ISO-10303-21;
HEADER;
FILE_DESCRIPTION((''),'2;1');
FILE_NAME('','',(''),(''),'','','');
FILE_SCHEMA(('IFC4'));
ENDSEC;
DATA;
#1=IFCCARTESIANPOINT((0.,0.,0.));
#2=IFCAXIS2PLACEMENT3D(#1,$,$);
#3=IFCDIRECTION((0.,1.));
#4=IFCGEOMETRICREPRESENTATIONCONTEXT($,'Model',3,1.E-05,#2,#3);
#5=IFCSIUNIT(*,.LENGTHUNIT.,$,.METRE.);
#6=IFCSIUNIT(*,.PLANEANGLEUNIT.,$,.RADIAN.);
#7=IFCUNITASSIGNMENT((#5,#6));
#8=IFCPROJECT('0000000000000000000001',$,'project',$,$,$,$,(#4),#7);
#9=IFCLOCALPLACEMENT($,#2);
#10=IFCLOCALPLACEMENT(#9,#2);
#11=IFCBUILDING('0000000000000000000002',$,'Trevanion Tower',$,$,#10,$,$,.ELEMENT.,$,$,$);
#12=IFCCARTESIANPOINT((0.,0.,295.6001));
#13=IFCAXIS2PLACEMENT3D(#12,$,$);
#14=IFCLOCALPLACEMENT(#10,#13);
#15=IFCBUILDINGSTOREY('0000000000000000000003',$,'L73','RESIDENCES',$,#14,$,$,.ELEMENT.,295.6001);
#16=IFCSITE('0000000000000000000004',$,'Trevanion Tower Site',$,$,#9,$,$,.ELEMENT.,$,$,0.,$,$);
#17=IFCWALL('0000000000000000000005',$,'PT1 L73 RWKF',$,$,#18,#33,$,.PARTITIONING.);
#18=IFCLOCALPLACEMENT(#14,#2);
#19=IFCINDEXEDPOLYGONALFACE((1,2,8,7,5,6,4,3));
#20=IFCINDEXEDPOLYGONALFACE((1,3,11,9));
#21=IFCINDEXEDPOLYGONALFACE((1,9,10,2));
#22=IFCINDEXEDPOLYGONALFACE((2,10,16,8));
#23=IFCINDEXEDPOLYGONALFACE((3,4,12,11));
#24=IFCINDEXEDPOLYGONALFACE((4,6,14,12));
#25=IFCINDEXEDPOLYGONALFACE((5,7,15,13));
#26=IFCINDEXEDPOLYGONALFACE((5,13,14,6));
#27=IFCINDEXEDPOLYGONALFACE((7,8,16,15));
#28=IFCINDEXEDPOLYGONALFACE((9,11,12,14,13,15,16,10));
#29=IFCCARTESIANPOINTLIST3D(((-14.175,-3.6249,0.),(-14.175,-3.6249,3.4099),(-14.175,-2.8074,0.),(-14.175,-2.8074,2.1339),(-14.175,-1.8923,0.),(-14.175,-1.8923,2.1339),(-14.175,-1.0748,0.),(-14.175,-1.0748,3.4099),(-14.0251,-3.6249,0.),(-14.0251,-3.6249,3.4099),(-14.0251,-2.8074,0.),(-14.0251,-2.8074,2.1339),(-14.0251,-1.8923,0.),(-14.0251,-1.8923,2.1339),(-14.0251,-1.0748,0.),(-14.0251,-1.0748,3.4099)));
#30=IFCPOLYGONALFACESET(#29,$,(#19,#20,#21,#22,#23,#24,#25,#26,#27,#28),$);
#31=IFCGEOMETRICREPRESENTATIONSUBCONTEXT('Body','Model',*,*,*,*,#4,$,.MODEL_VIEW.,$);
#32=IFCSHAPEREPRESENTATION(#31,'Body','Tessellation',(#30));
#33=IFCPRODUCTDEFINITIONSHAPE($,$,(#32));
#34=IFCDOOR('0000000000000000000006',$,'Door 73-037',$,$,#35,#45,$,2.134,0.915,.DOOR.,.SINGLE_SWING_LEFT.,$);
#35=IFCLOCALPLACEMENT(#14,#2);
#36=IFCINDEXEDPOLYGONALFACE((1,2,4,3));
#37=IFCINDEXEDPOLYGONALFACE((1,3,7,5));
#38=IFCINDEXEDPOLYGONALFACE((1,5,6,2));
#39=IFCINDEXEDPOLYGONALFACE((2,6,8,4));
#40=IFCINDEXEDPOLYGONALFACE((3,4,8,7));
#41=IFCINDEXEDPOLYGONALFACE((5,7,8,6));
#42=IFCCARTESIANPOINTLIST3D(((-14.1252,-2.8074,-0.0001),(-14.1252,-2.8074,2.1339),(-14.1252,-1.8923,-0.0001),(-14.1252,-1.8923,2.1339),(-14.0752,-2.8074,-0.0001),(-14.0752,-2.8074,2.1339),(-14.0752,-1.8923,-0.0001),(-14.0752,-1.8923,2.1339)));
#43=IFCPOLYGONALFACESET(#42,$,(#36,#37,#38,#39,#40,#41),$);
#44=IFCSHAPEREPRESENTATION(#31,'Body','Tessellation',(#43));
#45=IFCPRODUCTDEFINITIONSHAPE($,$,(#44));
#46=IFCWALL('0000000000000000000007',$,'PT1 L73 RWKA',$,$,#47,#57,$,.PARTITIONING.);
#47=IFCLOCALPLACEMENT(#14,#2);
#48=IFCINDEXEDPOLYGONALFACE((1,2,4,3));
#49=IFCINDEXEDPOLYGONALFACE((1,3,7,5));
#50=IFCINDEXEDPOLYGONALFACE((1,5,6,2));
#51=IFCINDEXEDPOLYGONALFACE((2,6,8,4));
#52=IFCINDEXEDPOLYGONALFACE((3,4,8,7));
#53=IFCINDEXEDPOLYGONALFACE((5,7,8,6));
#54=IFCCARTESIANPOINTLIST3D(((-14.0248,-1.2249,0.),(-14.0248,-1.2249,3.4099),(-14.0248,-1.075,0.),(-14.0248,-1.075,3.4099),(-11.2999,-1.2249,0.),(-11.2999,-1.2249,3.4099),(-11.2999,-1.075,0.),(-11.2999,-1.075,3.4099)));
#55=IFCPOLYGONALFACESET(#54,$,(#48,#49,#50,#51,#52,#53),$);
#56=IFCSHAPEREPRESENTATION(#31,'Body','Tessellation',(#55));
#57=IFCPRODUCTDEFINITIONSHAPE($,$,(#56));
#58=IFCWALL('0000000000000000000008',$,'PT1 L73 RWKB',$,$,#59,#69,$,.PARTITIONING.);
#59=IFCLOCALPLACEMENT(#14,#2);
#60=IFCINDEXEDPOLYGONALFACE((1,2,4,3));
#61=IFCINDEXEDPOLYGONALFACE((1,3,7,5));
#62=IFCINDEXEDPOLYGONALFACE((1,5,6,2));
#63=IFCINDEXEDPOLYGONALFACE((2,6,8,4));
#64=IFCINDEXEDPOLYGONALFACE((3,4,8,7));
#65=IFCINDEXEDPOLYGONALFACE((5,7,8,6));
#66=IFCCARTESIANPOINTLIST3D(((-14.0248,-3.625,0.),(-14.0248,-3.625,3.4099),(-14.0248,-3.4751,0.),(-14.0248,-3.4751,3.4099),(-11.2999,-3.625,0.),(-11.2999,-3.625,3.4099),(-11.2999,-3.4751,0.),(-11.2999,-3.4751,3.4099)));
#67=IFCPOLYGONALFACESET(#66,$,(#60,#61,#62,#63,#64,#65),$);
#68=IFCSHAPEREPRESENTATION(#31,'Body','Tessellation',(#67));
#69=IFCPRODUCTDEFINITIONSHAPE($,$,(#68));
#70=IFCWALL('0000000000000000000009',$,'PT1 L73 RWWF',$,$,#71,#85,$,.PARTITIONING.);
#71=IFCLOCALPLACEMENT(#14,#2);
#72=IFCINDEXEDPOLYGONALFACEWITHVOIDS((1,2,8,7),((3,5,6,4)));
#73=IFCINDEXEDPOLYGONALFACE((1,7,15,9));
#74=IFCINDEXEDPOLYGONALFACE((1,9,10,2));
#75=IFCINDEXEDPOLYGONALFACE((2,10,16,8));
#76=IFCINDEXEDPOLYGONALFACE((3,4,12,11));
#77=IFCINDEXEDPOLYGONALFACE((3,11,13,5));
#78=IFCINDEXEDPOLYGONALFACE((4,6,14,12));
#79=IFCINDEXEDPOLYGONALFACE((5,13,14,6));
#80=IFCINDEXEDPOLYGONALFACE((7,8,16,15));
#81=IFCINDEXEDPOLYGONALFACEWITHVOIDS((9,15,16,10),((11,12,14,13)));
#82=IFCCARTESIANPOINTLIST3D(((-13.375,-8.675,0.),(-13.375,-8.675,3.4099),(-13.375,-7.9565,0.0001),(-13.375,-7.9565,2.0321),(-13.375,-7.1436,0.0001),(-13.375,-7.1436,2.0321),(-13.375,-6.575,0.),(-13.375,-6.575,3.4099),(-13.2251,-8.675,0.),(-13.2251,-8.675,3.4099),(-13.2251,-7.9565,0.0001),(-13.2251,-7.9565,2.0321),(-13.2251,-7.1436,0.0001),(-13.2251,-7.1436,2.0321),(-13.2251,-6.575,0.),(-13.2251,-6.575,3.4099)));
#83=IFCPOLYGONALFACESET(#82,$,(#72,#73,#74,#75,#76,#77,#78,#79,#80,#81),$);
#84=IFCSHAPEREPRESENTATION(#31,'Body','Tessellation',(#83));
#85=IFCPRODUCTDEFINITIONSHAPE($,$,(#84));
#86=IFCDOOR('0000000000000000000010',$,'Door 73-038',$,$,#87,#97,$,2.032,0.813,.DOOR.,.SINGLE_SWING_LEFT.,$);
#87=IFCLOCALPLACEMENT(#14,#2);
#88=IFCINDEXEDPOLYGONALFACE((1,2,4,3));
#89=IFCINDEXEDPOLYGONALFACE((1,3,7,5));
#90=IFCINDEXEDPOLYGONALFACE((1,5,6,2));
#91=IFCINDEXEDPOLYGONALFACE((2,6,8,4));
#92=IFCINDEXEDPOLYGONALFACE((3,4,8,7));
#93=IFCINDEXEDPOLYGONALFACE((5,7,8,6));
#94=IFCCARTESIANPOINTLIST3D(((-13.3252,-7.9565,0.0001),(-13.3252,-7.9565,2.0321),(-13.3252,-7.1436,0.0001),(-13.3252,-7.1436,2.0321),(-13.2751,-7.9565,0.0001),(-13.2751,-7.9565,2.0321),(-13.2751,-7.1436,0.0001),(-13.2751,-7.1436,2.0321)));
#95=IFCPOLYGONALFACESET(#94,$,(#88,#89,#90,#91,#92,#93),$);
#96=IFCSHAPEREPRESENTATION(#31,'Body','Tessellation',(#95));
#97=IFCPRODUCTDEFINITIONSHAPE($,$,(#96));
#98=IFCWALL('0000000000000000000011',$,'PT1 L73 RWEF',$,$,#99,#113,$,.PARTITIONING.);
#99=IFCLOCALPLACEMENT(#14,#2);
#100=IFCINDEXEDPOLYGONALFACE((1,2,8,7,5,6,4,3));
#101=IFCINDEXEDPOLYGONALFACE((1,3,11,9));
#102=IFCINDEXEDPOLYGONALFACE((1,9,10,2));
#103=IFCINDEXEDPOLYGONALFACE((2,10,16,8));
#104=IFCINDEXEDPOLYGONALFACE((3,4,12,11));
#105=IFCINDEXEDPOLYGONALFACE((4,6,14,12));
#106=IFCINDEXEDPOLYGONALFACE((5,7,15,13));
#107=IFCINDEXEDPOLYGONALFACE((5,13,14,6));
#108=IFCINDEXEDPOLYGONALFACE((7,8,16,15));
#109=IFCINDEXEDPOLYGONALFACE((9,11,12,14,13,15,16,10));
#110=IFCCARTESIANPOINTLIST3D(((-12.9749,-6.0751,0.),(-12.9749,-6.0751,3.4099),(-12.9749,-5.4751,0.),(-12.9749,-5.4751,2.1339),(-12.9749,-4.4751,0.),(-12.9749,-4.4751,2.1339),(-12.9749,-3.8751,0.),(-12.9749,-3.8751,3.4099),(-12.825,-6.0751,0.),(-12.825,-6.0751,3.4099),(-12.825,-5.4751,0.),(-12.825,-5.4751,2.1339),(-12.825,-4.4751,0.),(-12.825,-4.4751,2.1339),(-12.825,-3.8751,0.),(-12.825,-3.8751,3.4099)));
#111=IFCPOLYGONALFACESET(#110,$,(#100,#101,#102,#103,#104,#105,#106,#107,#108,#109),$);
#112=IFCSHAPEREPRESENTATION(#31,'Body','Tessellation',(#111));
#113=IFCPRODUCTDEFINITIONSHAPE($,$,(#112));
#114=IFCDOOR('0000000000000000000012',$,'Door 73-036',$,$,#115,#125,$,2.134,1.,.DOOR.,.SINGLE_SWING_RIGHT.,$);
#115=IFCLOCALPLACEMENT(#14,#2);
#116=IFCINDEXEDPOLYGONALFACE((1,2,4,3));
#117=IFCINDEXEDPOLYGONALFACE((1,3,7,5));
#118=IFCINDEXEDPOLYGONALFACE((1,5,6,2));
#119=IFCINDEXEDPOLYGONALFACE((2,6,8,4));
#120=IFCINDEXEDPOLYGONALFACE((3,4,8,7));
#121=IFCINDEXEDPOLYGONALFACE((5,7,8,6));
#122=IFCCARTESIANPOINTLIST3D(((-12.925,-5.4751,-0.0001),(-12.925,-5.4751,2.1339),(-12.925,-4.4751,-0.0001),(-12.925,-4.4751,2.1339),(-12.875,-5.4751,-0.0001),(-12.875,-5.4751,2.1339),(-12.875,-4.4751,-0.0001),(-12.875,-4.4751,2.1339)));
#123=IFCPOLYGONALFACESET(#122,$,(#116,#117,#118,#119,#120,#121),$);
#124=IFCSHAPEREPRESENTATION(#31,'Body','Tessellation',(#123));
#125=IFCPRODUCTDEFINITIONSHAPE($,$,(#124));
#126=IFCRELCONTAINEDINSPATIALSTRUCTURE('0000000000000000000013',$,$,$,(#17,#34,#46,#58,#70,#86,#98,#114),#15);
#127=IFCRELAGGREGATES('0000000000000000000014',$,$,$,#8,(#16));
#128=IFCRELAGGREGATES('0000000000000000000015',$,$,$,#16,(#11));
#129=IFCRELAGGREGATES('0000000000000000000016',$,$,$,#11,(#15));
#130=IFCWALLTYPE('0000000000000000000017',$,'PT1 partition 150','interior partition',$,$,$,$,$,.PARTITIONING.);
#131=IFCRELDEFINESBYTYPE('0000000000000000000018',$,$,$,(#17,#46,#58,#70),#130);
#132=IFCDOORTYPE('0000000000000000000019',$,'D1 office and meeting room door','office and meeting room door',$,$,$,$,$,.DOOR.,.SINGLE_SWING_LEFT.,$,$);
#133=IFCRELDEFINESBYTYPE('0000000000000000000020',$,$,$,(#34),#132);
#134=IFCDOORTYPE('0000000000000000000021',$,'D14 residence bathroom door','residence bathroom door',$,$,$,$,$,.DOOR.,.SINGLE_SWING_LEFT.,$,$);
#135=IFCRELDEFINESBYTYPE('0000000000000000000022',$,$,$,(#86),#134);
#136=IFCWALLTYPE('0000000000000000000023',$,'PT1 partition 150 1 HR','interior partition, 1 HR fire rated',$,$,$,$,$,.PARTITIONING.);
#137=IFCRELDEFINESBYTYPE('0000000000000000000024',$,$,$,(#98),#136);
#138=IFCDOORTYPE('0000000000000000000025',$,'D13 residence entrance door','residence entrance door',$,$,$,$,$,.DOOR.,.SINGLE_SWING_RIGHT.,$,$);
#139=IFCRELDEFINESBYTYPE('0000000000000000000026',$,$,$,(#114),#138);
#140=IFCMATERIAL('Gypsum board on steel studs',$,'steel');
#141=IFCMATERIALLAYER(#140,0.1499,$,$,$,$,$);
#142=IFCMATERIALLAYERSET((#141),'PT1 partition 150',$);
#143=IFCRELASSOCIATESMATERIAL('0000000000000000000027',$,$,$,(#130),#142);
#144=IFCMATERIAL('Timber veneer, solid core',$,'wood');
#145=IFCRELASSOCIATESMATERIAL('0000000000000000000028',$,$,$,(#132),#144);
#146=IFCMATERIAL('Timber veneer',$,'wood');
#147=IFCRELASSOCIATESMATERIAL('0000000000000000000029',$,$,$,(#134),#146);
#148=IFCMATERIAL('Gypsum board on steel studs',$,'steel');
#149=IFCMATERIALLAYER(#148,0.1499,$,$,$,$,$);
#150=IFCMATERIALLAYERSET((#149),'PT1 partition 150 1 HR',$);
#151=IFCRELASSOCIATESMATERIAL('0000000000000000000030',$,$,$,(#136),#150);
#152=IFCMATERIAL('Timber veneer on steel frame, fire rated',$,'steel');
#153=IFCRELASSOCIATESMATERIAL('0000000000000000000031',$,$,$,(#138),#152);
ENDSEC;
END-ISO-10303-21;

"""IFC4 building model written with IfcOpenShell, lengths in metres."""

from ifc_helpers import new_model, si_unit, direction, frame, frame_2d, origin, place, context, subcontext, project, spatial, rectangle, extrude, material, layer, layer_set, type_object, element, fill, save


model = new_model("IFC4")

# Units and contexts
model_context = context("Model", 3, precision=1e-05, world=origin(), true_north=direction((0.0, 1.0)))
body_context = subcontext(model_context, "Body", "Model", "MODEL_VIEW")
ifc_project = project(units=[si_unit("LENGTHUNIT", "METRE"), si_unit("PLANEANGLEUNIT", "RADIAN")], contexts=[model_context])

# Site, building, storey
site_placement = place(None, origin())
site = spatial("IfcSite", under=ifc_project, at=site_placement, Name="Trevanion Tower Site", CompositionType="ELEMENT", RefElevation=0.0)
building_placement = place(site_placement, origin())
building = spatial("IfcBuilding", under=site, at=building_placement, Name="Trevanion Tower", CompositionType="ELEMENT")
storey_placement = place(building_placement, frame((0.0, 0.0, 295.6001)))
storey = spatial("IfcBuildingStorey", under=building, at=storey_placement, Name="L73", Description="RESIDENCES", CompositionType="ELEMENT", Elevation=295.6001)

# Shared definitions
ifc_material_1 = material(Name="Gypsum board on steel studs", Category="steel")
ifc_layer_1 = layer(ifc_material_1, 0.1499)
ifc_layer_set_1 = layer_set([ifc_layer_1], Name="PT1 partition 150")
wall_type_1 = type_object("IfcWallType", Name="PT1 partition 150", Description="interior partition", PredefinedType="PARTITIONING", material=ifc_layer_set_1)
ifc_material_2 = material(Name="Timber veneer, solid core", Category="wood")
door_type_1 = type_object("IfcDoorType", Name="D1 office and meeting room door", Description="office and meeting room door", OperationType="SINGLE_SWING_LEFT", PredefinedType="DOOR", material=ifc_material_2)

# Wall, opening, door
wall_1_placement = place(storey_placement, frame((-14.1001, -1.075, 0.0), z_axis=(0.0, 0.0, 1.0), x_axis=(0.0, -1.0, 0.0)))
wall_1 = element("IfcWall", 1, at=wall_1_placement, inside=storey, type_object=wall_type_1, Name="PT1 L73 RWKF", PredefinedType="PARTITIONING", context=body_context, shape_type="SweptSolid", body=[
    extrude(rectangle(XDim=2.55, YDim=0.1499, at=frame_2d((1.2749, 0.0))), origin(), (0.0, 0.0, 1.0), 3.4099),
])
opening_1_placement = place(wall_1_placement, frame((0.8174, 0.0, 0.0)))
opening_1 = element("IfcOpeningElement", 2, at=opening_1_placement, cuts=wall_1, PredefinedType="OPENING", context=body_context, shape_type="SweptSolid", body=[
    extrude(rectangle(XDim=0.915, YDim=2.134, at=frame_2d((0.4575, 1.0669))), frame((0.0, 0.085, 0.0), z_axis=(0.0, -1.0, 0.0), x_axis=(1.0, 0.0, 0.0)), (0.0, 0.0, 1.0), 0.1699),
])
door_1_placement = place(opening_1_placement, origin())
door_1 = element("IfcDoor", 3, at=door_1_placement, inside=storey, type_object=door_type_1, Name="Door 73-037", OperationType="SINGLE_SWING_LEFT", OverallHeight=2.134, OverallWidth=0.915, PredefinedType="DOOR", context=body_context, shape_type="SweptSolid", body=[
    extrude(rectangle(XDim=0.915, YDim=2.134, at=frame_2d((0.4575, 1.0669))), frame((0.0, 0.0249, 0.0), z_axis=(0.0, -1.0, 0.0), x_axis=(1.0, 0.0, 0.0)), (0.0, 0.0, 1.0), 0.05),
])
fill(opening_1, door_1)

# Walls
for number, where, z_axis, x_axis, name in (
    (4, (-11.3, -1.1499, 0.0), (0.0, 0.0, 1.0), (-1.0, 0.0, 0.0), "PT1 L73 RWKA"),
    (5, (-11.3, -3.55, 0.0), (0.0, 0.0, 1.0), (-1.0, 0.0, 0.0), "PT1 L73 RWKB"),
):
    element("IfcWall", number, at=place(storey_placement, frame(where, z_axis=z_axis, x_axis=x_axis)), inside=storey, type_object=wall_type_1, Name=name, PredefinedType="PARTITIONING", context=body_context, shape_type="SweptSolid", body=[
        extrude(rectangle(XDim=2.7249, YDim=0.1499, at=frame_2d((1.3623, 0.0))), origin(), (0.0, 0.0, 1.0), 3.4099),
    ])

# Walls, openings, doors
wall_2_placement = place(storey_placement, frame((-13.3, -6.575, 0.0), z_axis=(0.0, 0.0, 1.0), x_axis=(0.0, -1.0, 0.0)))
wall_2 = element("IfcWall", 6, at=wall_2_placement, inside=storey, type_object=wall_type_1, Name="PT1 L73 RWWF", PredefinedType="PARTITIONING", context=body_context, shape_type="SweptSolid", body=[
    extrude(rectangle(XDim=2.1001, YDim=0.1499, at=frame_2d((1.05, 0.0))), origin(), (0.0, 0.0, 1.0), 3.4099),
])
opening_2_placement = place(wall_2_placement, frame((0.5686, 0.0, 0.0)))
opening_2 = element("IfcOpeningElement", 7, at=opening_2_placement, cuts=wall_2, PredefinedType="OPENING", context=body_context, shape_type="SweptSolid", body=[
    extrude(rectangle(XDim=0.813, YDim=2.032, at=frame_2d((0.4065, 1.0161))), frame((0.0, 0.085, 0.0), z_axis=(0.0, -1.0, 0.0), x_axis=(1.0, 0.0, 0.0)), (0.0, 0.0, 1.0), 0.1699),
])
ifc_material_3 = material(Name="Timber veneer", Category="wood")
door_type_2 = type_object("IfcDoorType", Name="D14 residence bathroom door", Description="residence bathroom door", OperationType="SINGLE_SWING_LEFT", PredefinedType="DOOR", material=ifc_material_3)
door_2_placement = place(opening_2_placement, origin())
door_2 = element("IfcDoor", 8, at=door_2_placement, inside=storey, type_object=door_type_2, Name="Door 73-038", OperationType="SINGLE_SWING_LEFT", OverallHeight=2.032, OverallWidth=0.813, PredefinedType="DOOR", context=body_context, shape_type="SweptSolid", body=[
    extrude(rectangle(XDim=0.813, YDim=2.032, at=frame_2d((0.4065, 1.0161))), frame((0.0, 0.0249, 0.0), z_axis=(0.0, -1.0, 0.0), x_axis=(1.0, 0.0, 0.0)), (0.0, 0.0, 1.0), 0.05),
])
fill(opening_2, door_2)
ifc_material_4 = material(Name="Gypsum board on steel studs", Category="steel")
ifc_layer_2 = layer(ifc_material_4, 0.1499)
ifc_layer_set_2 = layer_set([ifc_layer_2], Name="PT1 partition 150 1 HR")
wall_type_2 = type_object("IfcWallType", Name="PT1 partition 150 1 HR", Description="interior partition, 1 HR fire rated", PredefinedType="PARTITIONING", material=ifc_layer_set_2)
wall_3_placement = place(storey_placement, frame((-12.8999, -3.875, 0.0), z_axis=(0.0, 0.0, 1.0), x_axis=(0.0, -1.0, 0.0)))
wall_3 = element("IfcWall", 9, at=wall_3_placement, inside=storey, type_object=wall_type_2, Name="PT1 L73 RWEF", PredefinedType="PARTITIONING", context=body_context, shape_type="SweptSolid", body=[
    extrude(rectangle(XDim=2.2, YDim=0.1499, at=frame_2d((1.1001, 0.0))), origin(), (0.0, 0.0, 1.0), 3.4099),
])
opening_3_placement = place(wall_3_placement, frame((0.6001, 0.0, 0.0)))
opening_3 = element("IfcOpeningElement", 10, at=opening_3_placement, cuts=wall_3, PredefinedType="OPENING", context=body_context, shape_type="SweptSolid", body=[
    extrude(rectangle(XDim=1.0, YDim=2.134, at=frame_2d((0.5, 1.0669))), frame((0.0, 0.085, 0.0), z_axis=(0.0, -1.0, 0.0), x_axis=(1.0, 0.0, 0.0)), (0.0, 0.0, 1.0), 0.1699),
])
ifc_material_5 = material(Name="Timber veneer on steel frame, fire rated", Category="steel")
door_type_3 = type_object("IfcDoorType", Name="D13 residence entrance door", Description="residence entrance door", OperationType="SINGLE_SWING_RIGHT", PredefinedType="DOOR", material=ifc_material_5)
door_3_placement = place(opening_3_placement, origin())
door_3 = element("IfcDoor", 11, at=door_3_placement, inside=storey, type_object=door_type_3, Name="Door 73-036", OperationType="SINGLE_SWING_RIGHT", OverallHeight=2.134, OverallWidth=1.0, PredefinedType="DOOR", context=body_context, shape_type="SweptSolid", body=[
    extrude(rectangle(XDim=1.0, YDim=2.134, at=frame_2d((0.5, 1.0669))), frame((0.0, 0.0249, 0.0), z_axis=(0.0, -1.0, 0.0), x_axis=(1.0, 0.0, 0.0)), (0.0, 0.0, 1.0), 0.05),
])
fill(opening_3, door_3)

save(model, "model.ifc")
